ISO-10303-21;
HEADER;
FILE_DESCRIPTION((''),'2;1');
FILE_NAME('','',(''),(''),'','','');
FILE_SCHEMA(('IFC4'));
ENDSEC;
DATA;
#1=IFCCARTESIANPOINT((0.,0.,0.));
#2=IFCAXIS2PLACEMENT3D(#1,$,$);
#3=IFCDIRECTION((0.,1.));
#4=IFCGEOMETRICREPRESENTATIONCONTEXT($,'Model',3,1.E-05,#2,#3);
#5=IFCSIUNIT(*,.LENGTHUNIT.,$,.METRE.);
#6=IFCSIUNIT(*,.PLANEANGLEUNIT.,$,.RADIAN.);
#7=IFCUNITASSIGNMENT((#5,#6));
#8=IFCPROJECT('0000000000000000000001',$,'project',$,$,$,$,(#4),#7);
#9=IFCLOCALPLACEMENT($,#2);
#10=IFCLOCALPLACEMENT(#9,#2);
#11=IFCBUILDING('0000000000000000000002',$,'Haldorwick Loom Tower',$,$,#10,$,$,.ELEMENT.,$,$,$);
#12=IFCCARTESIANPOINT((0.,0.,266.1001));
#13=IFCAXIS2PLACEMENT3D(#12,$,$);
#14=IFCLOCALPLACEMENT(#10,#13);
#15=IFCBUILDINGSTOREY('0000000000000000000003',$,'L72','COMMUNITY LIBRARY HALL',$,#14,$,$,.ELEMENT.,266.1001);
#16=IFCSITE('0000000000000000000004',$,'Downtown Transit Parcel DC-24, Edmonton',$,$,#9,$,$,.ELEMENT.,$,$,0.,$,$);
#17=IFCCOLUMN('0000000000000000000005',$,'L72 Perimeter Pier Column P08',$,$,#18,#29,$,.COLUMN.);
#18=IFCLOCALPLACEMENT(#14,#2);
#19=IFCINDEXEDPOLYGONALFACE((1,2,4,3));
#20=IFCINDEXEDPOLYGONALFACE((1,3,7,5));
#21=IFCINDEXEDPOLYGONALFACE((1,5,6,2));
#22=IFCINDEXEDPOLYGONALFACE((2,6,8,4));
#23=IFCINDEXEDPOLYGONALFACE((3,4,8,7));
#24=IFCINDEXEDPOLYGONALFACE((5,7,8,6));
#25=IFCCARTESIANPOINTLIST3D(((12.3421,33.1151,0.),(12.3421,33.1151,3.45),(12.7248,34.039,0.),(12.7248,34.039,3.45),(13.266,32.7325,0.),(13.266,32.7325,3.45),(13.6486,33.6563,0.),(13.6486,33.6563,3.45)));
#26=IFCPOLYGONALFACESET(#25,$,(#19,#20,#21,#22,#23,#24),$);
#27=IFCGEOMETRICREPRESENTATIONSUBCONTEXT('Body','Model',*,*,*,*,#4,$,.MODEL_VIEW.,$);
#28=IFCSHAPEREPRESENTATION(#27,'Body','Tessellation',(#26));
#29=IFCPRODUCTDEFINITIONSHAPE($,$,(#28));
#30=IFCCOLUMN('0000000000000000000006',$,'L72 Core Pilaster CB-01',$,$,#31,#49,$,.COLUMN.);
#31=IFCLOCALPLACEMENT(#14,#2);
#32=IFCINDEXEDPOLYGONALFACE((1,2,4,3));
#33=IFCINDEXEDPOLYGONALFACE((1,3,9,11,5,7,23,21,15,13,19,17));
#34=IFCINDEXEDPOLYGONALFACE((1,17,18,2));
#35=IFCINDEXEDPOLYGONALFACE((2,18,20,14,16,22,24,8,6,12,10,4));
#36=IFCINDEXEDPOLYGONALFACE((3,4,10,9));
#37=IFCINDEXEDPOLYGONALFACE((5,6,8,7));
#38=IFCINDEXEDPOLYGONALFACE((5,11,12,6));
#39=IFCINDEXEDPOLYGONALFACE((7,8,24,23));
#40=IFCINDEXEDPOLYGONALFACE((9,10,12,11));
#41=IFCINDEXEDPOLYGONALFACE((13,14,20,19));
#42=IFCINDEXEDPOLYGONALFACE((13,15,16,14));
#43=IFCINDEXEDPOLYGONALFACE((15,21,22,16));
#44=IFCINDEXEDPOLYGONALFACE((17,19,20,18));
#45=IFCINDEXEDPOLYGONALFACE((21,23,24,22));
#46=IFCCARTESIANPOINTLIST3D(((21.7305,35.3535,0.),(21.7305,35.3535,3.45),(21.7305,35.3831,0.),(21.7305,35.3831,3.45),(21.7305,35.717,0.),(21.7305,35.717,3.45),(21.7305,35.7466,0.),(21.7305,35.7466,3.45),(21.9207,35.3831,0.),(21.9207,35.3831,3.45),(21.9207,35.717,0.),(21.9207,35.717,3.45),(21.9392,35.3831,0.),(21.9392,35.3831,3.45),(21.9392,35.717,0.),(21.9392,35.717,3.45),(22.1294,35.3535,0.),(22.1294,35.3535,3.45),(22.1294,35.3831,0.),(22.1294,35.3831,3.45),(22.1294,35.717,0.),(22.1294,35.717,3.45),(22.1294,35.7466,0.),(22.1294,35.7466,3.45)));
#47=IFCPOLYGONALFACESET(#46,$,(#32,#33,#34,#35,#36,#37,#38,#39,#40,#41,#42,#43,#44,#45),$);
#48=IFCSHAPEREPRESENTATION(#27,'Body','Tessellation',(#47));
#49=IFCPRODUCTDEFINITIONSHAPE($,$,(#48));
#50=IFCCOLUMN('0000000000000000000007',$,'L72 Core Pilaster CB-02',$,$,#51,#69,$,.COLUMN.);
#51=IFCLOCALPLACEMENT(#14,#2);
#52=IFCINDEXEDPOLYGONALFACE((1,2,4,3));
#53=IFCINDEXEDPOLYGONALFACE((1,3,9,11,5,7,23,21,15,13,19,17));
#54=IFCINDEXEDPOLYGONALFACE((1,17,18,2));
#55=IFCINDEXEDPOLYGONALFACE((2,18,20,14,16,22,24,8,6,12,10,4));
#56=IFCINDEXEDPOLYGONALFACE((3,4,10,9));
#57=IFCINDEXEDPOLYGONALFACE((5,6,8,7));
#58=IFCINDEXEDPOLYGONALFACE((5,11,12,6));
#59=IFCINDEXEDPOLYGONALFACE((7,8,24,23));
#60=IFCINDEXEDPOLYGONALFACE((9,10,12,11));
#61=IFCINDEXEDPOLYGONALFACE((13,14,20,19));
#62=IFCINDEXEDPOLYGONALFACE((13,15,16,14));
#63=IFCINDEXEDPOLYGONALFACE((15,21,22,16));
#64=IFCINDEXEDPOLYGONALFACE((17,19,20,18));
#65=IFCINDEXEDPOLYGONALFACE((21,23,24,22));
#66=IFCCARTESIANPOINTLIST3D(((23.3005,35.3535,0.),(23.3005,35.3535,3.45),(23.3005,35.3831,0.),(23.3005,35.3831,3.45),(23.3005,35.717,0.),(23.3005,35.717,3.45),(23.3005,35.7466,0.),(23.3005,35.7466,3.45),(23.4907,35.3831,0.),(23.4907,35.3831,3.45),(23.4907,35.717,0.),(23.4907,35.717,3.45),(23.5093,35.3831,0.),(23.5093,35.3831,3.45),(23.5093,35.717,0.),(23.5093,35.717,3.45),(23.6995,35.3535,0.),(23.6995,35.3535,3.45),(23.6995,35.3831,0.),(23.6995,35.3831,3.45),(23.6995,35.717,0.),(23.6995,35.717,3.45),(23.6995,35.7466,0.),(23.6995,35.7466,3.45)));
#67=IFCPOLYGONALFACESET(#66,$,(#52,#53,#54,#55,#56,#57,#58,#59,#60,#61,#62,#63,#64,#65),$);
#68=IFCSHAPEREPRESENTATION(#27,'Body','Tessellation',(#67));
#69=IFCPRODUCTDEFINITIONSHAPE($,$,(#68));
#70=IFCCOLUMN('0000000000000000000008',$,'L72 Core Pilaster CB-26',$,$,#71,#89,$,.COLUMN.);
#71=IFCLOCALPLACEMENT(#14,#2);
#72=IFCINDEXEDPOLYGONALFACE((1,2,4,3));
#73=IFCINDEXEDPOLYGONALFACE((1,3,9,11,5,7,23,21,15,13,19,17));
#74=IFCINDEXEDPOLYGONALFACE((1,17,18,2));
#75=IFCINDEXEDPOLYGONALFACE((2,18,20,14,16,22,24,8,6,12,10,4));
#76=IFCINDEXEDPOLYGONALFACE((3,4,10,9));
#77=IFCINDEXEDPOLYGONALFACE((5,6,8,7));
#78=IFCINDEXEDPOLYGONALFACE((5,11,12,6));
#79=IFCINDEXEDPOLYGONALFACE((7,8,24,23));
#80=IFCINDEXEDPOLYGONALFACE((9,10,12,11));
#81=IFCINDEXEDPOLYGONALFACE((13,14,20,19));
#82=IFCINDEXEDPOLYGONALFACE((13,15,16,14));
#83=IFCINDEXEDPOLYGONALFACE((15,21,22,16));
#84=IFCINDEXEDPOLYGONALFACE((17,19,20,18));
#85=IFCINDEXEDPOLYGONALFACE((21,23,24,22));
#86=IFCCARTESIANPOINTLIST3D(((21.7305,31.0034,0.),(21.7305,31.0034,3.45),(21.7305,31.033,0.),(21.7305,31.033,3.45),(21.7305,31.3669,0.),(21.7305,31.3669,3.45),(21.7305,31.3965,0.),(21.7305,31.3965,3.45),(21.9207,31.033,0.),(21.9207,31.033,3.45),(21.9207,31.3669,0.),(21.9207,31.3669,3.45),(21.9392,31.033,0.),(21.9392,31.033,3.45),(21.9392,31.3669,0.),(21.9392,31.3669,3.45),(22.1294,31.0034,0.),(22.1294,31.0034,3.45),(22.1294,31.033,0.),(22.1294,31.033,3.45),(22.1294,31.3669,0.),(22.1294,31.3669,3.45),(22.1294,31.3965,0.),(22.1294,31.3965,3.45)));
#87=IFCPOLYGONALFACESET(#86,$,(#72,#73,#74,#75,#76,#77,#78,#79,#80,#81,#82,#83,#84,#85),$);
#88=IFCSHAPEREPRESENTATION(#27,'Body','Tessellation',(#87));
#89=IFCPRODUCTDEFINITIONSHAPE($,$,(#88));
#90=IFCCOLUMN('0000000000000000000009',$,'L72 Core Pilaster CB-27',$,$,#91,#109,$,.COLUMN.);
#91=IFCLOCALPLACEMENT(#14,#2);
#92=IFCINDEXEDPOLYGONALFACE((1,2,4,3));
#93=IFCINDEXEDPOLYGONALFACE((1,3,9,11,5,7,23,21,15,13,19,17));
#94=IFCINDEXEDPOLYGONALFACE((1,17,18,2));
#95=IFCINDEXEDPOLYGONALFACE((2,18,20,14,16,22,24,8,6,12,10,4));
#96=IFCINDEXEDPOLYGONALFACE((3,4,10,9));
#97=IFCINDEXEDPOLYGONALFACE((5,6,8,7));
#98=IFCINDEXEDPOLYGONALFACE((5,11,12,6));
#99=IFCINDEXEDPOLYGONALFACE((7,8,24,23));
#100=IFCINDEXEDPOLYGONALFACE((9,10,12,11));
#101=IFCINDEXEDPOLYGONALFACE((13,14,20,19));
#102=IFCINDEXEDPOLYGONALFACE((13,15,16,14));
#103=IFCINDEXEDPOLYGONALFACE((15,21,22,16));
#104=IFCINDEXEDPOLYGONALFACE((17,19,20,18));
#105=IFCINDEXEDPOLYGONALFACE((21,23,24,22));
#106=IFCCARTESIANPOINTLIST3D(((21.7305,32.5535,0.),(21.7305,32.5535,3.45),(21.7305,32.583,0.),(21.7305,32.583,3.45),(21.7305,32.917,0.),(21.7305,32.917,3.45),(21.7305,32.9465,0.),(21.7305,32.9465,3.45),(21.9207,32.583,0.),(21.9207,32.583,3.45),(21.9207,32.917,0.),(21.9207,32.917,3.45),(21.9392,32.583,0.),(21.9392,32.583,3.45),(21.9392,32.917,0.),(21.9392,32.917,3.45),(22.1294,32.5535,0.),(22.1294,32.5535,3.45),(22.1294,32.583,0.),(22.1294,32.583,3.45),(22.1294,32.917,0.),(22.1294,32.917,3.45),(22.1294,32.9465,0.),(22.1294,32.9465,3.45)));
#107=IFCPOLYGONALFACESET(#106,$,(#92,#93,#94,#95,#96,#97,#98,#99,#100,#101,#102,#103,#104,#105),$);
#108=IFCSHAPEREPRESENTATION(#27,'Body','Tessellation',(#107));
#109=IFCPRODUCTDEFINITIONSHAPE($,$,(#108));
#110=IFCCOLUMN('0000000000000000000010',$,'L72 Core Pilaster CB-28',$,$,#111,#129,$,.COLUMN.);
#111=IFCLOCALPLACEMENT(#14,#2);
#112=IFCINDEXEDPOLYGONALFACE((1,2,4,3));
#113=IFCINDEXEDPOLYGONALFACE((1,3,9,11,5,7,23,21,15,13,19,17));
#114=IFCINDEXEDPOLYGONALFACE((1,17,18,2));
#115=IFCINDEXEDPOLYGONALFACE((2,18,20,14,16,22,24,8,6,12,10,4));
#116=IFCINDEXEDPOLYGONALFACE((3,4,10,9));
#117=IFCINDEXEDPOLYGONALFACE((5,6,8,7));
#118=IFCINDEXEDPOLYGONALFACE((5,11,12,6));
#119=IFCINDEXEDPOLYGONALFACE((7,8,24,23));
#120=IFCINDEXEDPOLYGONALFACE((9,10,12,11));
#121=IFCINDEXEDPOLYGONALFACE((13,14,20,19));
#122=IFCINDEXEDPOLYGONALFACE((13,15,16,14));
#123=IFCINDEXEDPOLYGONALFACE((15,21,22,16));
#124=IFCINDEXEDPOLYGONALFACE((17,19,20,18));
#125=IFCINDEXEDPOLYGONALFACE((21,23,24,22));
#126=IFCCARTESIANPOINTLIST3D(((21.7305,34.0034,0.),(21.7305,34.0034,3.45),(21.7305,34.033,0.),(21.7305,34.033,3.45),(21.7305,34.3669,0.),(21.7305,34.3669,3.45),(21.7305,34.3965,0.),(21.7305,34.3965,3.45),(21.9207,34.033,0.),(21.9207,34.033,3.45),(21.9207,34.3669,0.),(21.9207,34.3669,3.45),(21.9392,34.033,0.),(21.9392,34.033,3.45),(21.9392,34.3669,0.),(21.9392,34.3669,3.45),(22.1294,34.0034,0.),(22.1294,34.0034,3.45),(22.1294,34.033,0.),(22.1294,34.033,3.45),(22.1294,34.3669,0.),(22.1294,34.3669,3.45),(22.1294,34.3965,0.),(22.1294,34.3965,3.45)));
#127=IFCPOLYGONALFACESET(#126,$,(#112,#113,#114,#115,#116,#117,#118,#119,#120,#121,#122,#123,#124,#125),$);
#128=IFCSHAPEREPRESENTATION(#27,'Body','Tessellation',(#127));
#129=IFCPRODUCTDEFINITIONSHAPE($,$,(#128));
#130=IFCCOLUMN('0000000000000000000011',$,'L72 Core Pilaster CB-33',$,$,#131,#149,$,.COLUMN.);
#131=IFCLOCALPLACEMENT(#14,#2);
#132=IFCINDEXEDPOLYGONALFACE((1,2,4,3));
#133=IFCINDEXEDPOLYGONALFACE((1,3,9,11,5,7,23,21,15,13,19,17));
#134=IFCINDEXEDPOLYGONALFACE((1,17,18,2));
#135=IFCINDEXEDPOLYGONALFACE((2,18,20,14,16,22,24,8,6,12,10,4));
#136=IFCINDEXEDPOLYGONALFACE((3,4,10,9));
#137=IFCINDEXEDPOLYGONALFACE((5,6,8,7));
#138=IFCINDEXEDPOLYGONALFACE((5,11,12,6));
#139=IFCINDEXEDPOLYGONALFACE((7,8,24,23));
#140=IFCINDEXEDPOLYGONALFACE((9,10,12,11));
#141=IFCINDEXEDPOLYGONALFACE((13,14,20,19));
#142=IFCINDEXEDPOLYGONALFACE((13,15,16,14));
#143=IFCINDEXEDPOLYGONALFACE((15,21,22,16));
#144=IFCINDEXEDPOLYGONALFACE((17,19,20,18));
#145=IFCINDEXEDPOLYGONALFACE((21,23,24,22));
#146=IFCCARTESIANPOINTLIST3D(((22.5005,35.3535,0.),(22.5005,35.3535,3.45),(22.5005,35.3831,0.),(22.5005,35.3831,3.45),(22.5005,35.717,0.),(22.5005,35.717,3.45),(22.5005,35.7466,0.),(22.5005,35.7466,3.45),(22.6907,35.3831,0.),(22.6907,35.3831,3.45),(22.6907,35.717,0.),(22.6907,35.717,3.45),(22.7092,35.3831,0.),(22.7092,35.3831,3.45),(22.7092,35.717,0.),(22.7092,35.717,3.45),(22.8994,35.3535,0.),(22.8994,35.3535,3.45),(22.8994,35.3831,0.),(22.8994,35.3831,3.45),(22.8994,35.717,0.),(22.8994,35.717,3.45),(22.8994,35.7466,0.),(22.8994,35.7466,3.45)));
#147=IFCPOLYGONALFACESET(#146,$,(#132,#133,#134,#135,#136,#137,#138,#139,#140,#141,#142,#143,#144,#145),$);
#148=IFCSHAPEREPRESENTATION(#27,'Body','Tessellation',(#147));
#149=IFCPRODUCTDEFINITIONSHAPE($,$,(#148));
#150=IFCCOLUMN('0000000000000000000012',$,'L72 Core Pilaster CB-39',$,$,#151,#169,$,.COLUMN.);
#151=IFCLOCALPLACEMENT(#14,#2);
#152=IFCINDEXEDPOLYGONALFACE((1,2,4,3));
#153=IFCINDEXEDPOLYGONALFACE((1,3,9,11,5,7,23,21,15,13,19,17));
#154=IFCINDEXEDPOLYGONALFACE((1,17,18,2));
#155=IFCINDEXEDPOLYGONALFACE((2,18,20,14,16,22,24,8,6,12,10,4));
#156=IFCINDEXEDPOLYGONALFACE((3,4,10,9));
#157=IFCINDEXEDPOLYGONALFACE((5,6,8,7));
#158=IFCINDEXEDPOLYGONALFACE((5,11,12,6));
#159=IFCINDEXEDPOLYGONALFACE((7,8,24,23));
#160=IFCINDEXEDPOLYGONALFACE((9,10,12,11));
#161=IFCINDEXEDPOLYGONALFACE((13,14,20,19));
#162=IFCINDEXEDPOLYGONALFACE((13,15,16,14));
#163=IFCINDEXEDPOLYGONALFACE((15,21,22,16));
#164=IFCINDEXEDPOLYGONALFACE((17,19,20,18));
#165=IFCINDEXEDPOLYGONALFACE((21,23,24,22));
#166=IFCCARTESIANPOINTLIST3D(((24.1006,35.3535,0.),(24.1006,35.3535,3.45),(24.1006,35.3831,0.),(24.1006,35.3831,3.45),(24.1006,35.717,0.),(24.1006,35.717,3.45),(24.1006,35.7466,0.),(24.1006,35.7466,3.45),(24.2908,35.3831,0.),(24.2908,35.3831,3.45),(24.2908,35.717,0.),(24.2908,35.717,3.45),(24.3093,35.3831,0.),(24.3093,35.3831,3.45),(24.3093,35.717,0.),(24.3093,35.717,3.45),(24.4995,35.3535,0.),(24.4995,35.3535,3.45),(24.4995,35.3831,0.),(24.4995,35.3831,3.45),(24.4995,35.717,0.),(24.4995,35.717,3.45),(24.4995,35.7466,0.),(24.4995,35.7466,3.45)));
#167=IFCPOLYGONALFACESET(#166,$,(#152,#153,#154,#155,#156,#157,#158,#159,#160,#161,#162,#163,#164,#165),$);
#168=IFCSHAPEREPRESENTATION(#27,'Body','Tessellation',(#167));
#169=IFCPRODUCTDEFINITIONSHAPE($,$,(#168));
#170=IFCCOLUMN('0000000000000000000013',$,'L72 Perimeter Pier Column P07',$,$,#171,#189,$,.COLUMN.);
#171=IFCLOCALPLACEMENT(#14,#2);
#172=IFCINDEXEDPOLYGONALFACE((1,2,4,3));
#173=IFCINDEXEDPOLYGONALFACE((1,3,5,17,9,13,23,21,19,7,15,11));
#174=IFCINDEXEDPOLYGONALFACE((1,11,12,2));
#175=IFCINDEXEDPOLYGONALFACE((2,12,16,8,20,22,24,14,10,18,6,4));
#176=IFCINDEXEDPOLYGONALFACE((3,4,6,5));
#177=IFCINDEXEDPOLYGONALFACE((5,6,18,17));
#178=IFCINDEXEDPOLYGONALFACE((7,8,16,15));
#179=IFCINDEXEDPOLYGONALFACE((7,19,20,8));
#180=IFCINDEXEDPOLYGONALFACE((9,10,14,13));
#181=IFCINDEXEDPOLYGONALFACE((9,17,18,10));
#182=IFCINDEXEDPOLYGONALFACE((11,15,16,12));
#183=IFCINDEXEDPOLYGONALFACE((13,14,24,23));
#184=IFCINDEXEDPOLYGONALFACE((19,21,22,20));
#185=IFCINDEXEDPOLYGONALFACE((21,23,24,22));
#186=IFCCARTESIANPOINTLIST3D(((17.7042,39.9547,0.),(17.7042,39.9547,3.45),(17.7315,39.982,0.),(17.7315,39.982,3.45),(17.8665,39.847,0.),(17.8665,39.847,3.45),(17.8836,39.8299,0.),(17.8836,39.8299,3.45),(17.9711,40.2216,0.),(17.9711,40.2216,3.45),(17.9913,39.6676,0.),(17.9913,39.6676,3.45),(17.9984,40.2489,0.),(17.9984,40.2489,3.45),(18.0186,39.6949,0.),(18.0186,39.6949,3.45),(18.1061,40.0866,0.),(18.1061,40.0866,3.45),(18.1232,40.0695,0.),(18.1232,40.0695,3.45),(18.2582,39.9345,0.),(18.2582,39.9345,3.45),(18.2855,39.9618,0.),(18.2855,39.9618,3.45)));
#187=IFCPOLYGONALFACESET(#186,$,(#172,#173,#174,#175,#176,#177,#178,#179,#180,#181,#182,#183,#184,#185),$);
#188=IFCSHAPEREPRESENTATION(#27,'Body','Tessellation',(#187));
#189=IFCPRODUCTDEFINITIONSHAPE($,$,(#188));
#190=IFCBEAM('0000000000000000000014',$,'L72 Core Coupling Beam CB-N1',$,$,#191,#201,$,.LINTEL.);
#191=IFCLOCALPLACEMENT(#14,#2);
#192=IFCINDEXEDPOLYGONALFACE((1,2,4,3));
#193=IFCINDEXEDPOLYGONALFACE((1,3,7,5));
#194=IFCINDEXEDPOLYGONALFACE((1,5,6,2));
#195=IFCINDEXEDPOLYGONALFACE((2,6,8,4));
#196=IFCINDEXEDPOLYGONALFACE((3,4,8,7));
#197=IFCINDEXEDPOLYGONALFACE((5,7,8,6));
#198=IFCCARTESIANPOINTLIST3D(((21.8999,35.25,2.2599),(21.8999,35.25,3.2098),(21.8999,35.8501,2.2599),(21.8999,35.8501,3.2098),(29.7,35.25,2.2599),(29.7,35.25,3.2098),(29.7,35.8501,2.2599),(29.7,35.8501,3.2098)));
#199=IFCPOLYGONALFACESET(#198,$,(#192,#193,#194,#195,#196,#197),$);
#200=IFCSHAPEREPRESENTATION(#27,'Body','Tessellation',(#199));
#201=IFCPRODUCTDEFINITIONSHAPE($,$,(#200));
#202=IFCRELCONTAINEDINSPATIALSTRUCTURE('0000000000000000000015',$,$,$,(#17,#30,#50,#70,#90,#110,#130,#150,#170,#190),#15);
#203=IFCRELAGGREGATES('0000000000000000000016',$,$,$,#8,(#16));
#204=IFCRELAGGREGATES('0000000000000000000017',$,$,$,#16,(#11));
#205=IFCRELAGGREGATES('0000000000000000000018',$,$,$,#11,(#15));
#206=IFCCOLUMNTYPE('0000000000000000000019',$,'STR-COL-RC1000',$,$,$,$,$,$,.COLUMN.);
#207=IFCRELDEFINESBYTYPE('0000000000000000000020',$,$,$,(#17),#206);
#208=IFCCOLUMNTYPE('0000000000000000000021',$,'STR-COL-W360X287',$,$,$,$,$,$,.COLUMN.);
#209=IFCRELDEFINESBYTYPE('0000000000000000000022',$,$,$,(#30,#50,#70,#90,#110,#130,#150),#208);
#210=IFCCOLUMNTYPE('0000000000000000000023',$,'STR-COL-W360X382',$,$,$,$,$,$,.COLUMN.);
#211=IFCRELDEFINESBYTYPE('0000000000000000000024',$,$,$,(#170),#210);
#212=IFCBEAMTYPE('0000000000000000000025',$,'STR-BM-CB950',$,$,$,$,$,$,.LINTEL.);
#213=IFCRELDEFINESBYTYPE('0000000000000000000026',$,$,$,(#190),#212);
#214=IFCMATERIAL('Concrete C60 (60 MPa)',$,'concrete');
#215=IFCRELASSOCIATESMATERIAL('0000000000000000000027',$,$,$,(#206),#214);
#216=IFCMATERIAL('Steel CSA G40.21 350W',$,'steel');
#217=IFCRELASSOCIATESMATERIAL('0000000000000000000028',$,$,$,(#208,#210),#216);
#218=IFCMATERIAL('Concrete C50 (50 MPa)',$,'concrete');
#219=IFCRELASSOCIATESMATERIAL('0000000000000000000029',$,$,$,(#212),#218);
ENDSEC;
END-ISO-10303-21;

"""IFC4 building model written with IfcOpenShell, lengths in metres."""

from ifc_helpers import new_model, si_unit, direction, frame, origin, origin_2d, place, context, subcontext, project, spatial, rectangle, i_section, extrude, material, material_profile, profile_set, type_object, element, save


model = new_model("IFC4")

# Units and contexts
model_context = context("Model", 3, precision=1e-05, world=origin(), true_north=direction((0.0, 1.0)))
body_context = subcontext(model_context, "Body", "Model", "MODEL_VIEW")
ifc_project = project(units=[si_unit("LENGTHUNIT", "METRE"), si_unit("PLANEANGLEUNIT", "RADIAN")], contexts=[model_context])

# Site, building, storey
site_placement = place(None, origin())
site = spatial("IfcSite", under=ifc_project, at=site_placement, Name="Downtown Transit Parcel DC-24, Edmonton", CompositionType="ELEMENT", RefElevation=0.0)
building_placement = place(site_placement, origin())
building = spatial("IfcBuilding", under=site, at=building_placement, Name="Haldorwick Loom Tower", CompositionType="ELEMENT")
storey_placement = place(building_placement, frame((0.0, 0.0, 266.1001)))
storey = spatial("IfcBuildingStorey", under=building, at=storey_placement, Name="L72", Description="COMMUNITY LIBRARY HALL", CompositionType="ELEMENT", Elevation=266.1001)

# Columns
ifc_material_1 = material(Name="Concrete C60 (60 MPa)", Category="concrete")
ifc_material_profile_1 = material_profile(ifc_material_1, rectangle(XDim=1.0, YDim=1.0, at=origin_2d()), Name="RC1000X1000", Category="concrete")
ifc_profile_set_1 = profile_set([ifc_material_profile_1], Name="Concrete C60 (60 MPa)")
column_type_1 = type_object("IfcColumnType", Name="STR-COL-RC1000", PredefinedType="COLUMN", material=ifc_profile_set_1)
column_1_placement = place(storey_placement, frame((12.9954, 33.3857, 0.0), z_axis=(0.0, 0.0, 1.0), x_axis=(-0.92388, 0.382683, 0.0)))
element("IfcColumn", 1, at=column_1_placement, inside=storey, type_object=column_type_1, Name="L72 Perimeter Pier Column P08", PredefinedType="COLUMN", context=body_context, shape_type="SweptSolid", body=[
    extrude(rectangle(XDim=1.0, YDim=1.0, at=origin_2d()), origin(), (0.0, 0.0, 1.0), 3.45),
])
ifc_material_2 = material(Name="Steel CSA G40.21 350W", Category="steel")
ifc_material_profile_2 = material_profile(ifc_material_2, i_section(OverallWidth=0.3989, OverallDepth=0.3931, WebThickness=0.0186, FlangeThickness=0.0295, at=origin_2d()), Name="W360X287", Category="steel")
ifc_profile_set_2 = profile_set([ifc_material_profile_2], Name="Steel CSA G40.21 350W")
column_type_2 = type_object("IfcColumnType", Name="STR-COL-W360X287", PredefinedType="COLUMN", material=ifc_profile_set_2)
for number, where, z_axis, x_axis, name in (
    (2, (21.9299, 35.55, 0.0), (0.0, 0.0, 1.0), (1.0, 0.0, 0.0), "L72 Core Pilaster CB-01"),
    (3, (23.5, 35.55, 0.0), (0.0, 0.0, 1.0), (1.0, 0.0, 0.0), "L72 Core Pilaster CB-02"),
    (4, (21.9299, 31.2, 0.0), (0.0, 0.0, 1.0), (1.0, 0.0, 0.0), "L72 Core Pilaster CB-26"),
    (5, (21.9299, 32.75, 0.0), (0.0, 0.0, 1.0), (1.0, 0.0, 0.0), "L72 Core Pilaster CB-27"),
    (6, (21.9299, 34.2, 0.0), (0.0, 0.0, 1.0), (1.0, 0.0, 0.0), "L72 Core Pilaster CB-28"),
    (7, (22.7, 35.55, 0.0), (0.0, 0.0, 1.0), (1.0, 0.0, 0.0), "L72 Core Pilaster CB-33"),
    (8, (24.3, 35.55, 0.0), (0.0, 0.0, 1.0), (1.0, 0.0, 0.0), "L72 Core Pilaster CB-39"),
):
    element("IfcColumn", number, at=place(storey_placement, frame(where, z_axis=z_axis, x_axis=x_axis)), inside=storey, type_object=column_type_2, Name=name, PredefinedType="COLUMN", context=body_context, shape_type="SweptSolid", body=[
        extrude(i_section(OverallWidth=0.3989, OverallDepth=0.3931, WebThickness=0.0186, FlangeThickness=0.0295, at=origin_2d()), origin(), (0.0, 0.0, 1.0), 3.45),
    ])
ifc_material_profile_3 = material_profile(ifc_material_2, i_section(OverallWidth=0.406, OverallDepth=0.416, WebThickness=0.0242, FlangeThickness=0.0386, at=origin_2d()), Name="W360X382", Category="steel")
ifc_profile_set_3 = profile_set([ifc_material_profile_3], Name="Steel CSA G40.21 350W")
column_type_3 = type_object("IfcColumnType", Name="STR-COL-W360X382", PredefinedType="COLUMN", material=ifc_profile_set_3)
column_2_placement = place(storey_placement, frame((17.9949, 39.9583, 0.0), z_axis=(0.0, 0.0, 1.0), x_axis=(-0.707107, 0.707107, 0.0)))
element("IfcColumn", 9, at=column_2_placement, inside=storey, type_object=column_type_3, Name="L72 Perimeter Pier Column P07", PredefinedType="COLUMN", context=body_context, shape_type="SweptSolid", body=[
    extrude(i_section(OverallWidth=0.406, OverallDepth=0.416, WebThickness=0.0242, FlangeThickness=0.0386, at=origin_2d()), origin(), (0.0, 0.0, 1.0), 3.45),
])

# Beam
ifc_material_3 = material(Name="Concrete C50 (50 MPa)", Category="concrete")
ifc_material_profile_4 = material_profile(ifc_material_3, rectangle(XDim=0.6001, YDim=0.95, at=origin_2d()), Name="RC600X950", Category="concrete")
ifc_profile_set_4 = profile_set([ifc_material_profile_4], Name="Concrete C50 (50 MPa)")
beam_type_1 = type_object("IfcBeamType", Name="STR-BM-CB950", PredefinedType="LINTEL", material=ifc_profile_set_4)
beam_1_placement = place(storey_placement, frame((21.8999, 35.55, 2.7349), z_axis=(1.0, 0.0, 0.0), x_axis=(0.0, 1.0, 0.0)))
element("IfcBeam", 10, at=beam_1_placement, inside=storey, type_object=beam_type_1, Name="L72 Core Coupling Beam CB-N1", PredefinedType="LINTEL", context=body_context, shape_type="SweptSolid", body=[
    extrude(rectangle(XDim=0.6001, YDim=0.95, at=origin_2d()), origin(), (0.0, 0.0, 1.0), 7.8),
])

save(model, "model.ifc")
